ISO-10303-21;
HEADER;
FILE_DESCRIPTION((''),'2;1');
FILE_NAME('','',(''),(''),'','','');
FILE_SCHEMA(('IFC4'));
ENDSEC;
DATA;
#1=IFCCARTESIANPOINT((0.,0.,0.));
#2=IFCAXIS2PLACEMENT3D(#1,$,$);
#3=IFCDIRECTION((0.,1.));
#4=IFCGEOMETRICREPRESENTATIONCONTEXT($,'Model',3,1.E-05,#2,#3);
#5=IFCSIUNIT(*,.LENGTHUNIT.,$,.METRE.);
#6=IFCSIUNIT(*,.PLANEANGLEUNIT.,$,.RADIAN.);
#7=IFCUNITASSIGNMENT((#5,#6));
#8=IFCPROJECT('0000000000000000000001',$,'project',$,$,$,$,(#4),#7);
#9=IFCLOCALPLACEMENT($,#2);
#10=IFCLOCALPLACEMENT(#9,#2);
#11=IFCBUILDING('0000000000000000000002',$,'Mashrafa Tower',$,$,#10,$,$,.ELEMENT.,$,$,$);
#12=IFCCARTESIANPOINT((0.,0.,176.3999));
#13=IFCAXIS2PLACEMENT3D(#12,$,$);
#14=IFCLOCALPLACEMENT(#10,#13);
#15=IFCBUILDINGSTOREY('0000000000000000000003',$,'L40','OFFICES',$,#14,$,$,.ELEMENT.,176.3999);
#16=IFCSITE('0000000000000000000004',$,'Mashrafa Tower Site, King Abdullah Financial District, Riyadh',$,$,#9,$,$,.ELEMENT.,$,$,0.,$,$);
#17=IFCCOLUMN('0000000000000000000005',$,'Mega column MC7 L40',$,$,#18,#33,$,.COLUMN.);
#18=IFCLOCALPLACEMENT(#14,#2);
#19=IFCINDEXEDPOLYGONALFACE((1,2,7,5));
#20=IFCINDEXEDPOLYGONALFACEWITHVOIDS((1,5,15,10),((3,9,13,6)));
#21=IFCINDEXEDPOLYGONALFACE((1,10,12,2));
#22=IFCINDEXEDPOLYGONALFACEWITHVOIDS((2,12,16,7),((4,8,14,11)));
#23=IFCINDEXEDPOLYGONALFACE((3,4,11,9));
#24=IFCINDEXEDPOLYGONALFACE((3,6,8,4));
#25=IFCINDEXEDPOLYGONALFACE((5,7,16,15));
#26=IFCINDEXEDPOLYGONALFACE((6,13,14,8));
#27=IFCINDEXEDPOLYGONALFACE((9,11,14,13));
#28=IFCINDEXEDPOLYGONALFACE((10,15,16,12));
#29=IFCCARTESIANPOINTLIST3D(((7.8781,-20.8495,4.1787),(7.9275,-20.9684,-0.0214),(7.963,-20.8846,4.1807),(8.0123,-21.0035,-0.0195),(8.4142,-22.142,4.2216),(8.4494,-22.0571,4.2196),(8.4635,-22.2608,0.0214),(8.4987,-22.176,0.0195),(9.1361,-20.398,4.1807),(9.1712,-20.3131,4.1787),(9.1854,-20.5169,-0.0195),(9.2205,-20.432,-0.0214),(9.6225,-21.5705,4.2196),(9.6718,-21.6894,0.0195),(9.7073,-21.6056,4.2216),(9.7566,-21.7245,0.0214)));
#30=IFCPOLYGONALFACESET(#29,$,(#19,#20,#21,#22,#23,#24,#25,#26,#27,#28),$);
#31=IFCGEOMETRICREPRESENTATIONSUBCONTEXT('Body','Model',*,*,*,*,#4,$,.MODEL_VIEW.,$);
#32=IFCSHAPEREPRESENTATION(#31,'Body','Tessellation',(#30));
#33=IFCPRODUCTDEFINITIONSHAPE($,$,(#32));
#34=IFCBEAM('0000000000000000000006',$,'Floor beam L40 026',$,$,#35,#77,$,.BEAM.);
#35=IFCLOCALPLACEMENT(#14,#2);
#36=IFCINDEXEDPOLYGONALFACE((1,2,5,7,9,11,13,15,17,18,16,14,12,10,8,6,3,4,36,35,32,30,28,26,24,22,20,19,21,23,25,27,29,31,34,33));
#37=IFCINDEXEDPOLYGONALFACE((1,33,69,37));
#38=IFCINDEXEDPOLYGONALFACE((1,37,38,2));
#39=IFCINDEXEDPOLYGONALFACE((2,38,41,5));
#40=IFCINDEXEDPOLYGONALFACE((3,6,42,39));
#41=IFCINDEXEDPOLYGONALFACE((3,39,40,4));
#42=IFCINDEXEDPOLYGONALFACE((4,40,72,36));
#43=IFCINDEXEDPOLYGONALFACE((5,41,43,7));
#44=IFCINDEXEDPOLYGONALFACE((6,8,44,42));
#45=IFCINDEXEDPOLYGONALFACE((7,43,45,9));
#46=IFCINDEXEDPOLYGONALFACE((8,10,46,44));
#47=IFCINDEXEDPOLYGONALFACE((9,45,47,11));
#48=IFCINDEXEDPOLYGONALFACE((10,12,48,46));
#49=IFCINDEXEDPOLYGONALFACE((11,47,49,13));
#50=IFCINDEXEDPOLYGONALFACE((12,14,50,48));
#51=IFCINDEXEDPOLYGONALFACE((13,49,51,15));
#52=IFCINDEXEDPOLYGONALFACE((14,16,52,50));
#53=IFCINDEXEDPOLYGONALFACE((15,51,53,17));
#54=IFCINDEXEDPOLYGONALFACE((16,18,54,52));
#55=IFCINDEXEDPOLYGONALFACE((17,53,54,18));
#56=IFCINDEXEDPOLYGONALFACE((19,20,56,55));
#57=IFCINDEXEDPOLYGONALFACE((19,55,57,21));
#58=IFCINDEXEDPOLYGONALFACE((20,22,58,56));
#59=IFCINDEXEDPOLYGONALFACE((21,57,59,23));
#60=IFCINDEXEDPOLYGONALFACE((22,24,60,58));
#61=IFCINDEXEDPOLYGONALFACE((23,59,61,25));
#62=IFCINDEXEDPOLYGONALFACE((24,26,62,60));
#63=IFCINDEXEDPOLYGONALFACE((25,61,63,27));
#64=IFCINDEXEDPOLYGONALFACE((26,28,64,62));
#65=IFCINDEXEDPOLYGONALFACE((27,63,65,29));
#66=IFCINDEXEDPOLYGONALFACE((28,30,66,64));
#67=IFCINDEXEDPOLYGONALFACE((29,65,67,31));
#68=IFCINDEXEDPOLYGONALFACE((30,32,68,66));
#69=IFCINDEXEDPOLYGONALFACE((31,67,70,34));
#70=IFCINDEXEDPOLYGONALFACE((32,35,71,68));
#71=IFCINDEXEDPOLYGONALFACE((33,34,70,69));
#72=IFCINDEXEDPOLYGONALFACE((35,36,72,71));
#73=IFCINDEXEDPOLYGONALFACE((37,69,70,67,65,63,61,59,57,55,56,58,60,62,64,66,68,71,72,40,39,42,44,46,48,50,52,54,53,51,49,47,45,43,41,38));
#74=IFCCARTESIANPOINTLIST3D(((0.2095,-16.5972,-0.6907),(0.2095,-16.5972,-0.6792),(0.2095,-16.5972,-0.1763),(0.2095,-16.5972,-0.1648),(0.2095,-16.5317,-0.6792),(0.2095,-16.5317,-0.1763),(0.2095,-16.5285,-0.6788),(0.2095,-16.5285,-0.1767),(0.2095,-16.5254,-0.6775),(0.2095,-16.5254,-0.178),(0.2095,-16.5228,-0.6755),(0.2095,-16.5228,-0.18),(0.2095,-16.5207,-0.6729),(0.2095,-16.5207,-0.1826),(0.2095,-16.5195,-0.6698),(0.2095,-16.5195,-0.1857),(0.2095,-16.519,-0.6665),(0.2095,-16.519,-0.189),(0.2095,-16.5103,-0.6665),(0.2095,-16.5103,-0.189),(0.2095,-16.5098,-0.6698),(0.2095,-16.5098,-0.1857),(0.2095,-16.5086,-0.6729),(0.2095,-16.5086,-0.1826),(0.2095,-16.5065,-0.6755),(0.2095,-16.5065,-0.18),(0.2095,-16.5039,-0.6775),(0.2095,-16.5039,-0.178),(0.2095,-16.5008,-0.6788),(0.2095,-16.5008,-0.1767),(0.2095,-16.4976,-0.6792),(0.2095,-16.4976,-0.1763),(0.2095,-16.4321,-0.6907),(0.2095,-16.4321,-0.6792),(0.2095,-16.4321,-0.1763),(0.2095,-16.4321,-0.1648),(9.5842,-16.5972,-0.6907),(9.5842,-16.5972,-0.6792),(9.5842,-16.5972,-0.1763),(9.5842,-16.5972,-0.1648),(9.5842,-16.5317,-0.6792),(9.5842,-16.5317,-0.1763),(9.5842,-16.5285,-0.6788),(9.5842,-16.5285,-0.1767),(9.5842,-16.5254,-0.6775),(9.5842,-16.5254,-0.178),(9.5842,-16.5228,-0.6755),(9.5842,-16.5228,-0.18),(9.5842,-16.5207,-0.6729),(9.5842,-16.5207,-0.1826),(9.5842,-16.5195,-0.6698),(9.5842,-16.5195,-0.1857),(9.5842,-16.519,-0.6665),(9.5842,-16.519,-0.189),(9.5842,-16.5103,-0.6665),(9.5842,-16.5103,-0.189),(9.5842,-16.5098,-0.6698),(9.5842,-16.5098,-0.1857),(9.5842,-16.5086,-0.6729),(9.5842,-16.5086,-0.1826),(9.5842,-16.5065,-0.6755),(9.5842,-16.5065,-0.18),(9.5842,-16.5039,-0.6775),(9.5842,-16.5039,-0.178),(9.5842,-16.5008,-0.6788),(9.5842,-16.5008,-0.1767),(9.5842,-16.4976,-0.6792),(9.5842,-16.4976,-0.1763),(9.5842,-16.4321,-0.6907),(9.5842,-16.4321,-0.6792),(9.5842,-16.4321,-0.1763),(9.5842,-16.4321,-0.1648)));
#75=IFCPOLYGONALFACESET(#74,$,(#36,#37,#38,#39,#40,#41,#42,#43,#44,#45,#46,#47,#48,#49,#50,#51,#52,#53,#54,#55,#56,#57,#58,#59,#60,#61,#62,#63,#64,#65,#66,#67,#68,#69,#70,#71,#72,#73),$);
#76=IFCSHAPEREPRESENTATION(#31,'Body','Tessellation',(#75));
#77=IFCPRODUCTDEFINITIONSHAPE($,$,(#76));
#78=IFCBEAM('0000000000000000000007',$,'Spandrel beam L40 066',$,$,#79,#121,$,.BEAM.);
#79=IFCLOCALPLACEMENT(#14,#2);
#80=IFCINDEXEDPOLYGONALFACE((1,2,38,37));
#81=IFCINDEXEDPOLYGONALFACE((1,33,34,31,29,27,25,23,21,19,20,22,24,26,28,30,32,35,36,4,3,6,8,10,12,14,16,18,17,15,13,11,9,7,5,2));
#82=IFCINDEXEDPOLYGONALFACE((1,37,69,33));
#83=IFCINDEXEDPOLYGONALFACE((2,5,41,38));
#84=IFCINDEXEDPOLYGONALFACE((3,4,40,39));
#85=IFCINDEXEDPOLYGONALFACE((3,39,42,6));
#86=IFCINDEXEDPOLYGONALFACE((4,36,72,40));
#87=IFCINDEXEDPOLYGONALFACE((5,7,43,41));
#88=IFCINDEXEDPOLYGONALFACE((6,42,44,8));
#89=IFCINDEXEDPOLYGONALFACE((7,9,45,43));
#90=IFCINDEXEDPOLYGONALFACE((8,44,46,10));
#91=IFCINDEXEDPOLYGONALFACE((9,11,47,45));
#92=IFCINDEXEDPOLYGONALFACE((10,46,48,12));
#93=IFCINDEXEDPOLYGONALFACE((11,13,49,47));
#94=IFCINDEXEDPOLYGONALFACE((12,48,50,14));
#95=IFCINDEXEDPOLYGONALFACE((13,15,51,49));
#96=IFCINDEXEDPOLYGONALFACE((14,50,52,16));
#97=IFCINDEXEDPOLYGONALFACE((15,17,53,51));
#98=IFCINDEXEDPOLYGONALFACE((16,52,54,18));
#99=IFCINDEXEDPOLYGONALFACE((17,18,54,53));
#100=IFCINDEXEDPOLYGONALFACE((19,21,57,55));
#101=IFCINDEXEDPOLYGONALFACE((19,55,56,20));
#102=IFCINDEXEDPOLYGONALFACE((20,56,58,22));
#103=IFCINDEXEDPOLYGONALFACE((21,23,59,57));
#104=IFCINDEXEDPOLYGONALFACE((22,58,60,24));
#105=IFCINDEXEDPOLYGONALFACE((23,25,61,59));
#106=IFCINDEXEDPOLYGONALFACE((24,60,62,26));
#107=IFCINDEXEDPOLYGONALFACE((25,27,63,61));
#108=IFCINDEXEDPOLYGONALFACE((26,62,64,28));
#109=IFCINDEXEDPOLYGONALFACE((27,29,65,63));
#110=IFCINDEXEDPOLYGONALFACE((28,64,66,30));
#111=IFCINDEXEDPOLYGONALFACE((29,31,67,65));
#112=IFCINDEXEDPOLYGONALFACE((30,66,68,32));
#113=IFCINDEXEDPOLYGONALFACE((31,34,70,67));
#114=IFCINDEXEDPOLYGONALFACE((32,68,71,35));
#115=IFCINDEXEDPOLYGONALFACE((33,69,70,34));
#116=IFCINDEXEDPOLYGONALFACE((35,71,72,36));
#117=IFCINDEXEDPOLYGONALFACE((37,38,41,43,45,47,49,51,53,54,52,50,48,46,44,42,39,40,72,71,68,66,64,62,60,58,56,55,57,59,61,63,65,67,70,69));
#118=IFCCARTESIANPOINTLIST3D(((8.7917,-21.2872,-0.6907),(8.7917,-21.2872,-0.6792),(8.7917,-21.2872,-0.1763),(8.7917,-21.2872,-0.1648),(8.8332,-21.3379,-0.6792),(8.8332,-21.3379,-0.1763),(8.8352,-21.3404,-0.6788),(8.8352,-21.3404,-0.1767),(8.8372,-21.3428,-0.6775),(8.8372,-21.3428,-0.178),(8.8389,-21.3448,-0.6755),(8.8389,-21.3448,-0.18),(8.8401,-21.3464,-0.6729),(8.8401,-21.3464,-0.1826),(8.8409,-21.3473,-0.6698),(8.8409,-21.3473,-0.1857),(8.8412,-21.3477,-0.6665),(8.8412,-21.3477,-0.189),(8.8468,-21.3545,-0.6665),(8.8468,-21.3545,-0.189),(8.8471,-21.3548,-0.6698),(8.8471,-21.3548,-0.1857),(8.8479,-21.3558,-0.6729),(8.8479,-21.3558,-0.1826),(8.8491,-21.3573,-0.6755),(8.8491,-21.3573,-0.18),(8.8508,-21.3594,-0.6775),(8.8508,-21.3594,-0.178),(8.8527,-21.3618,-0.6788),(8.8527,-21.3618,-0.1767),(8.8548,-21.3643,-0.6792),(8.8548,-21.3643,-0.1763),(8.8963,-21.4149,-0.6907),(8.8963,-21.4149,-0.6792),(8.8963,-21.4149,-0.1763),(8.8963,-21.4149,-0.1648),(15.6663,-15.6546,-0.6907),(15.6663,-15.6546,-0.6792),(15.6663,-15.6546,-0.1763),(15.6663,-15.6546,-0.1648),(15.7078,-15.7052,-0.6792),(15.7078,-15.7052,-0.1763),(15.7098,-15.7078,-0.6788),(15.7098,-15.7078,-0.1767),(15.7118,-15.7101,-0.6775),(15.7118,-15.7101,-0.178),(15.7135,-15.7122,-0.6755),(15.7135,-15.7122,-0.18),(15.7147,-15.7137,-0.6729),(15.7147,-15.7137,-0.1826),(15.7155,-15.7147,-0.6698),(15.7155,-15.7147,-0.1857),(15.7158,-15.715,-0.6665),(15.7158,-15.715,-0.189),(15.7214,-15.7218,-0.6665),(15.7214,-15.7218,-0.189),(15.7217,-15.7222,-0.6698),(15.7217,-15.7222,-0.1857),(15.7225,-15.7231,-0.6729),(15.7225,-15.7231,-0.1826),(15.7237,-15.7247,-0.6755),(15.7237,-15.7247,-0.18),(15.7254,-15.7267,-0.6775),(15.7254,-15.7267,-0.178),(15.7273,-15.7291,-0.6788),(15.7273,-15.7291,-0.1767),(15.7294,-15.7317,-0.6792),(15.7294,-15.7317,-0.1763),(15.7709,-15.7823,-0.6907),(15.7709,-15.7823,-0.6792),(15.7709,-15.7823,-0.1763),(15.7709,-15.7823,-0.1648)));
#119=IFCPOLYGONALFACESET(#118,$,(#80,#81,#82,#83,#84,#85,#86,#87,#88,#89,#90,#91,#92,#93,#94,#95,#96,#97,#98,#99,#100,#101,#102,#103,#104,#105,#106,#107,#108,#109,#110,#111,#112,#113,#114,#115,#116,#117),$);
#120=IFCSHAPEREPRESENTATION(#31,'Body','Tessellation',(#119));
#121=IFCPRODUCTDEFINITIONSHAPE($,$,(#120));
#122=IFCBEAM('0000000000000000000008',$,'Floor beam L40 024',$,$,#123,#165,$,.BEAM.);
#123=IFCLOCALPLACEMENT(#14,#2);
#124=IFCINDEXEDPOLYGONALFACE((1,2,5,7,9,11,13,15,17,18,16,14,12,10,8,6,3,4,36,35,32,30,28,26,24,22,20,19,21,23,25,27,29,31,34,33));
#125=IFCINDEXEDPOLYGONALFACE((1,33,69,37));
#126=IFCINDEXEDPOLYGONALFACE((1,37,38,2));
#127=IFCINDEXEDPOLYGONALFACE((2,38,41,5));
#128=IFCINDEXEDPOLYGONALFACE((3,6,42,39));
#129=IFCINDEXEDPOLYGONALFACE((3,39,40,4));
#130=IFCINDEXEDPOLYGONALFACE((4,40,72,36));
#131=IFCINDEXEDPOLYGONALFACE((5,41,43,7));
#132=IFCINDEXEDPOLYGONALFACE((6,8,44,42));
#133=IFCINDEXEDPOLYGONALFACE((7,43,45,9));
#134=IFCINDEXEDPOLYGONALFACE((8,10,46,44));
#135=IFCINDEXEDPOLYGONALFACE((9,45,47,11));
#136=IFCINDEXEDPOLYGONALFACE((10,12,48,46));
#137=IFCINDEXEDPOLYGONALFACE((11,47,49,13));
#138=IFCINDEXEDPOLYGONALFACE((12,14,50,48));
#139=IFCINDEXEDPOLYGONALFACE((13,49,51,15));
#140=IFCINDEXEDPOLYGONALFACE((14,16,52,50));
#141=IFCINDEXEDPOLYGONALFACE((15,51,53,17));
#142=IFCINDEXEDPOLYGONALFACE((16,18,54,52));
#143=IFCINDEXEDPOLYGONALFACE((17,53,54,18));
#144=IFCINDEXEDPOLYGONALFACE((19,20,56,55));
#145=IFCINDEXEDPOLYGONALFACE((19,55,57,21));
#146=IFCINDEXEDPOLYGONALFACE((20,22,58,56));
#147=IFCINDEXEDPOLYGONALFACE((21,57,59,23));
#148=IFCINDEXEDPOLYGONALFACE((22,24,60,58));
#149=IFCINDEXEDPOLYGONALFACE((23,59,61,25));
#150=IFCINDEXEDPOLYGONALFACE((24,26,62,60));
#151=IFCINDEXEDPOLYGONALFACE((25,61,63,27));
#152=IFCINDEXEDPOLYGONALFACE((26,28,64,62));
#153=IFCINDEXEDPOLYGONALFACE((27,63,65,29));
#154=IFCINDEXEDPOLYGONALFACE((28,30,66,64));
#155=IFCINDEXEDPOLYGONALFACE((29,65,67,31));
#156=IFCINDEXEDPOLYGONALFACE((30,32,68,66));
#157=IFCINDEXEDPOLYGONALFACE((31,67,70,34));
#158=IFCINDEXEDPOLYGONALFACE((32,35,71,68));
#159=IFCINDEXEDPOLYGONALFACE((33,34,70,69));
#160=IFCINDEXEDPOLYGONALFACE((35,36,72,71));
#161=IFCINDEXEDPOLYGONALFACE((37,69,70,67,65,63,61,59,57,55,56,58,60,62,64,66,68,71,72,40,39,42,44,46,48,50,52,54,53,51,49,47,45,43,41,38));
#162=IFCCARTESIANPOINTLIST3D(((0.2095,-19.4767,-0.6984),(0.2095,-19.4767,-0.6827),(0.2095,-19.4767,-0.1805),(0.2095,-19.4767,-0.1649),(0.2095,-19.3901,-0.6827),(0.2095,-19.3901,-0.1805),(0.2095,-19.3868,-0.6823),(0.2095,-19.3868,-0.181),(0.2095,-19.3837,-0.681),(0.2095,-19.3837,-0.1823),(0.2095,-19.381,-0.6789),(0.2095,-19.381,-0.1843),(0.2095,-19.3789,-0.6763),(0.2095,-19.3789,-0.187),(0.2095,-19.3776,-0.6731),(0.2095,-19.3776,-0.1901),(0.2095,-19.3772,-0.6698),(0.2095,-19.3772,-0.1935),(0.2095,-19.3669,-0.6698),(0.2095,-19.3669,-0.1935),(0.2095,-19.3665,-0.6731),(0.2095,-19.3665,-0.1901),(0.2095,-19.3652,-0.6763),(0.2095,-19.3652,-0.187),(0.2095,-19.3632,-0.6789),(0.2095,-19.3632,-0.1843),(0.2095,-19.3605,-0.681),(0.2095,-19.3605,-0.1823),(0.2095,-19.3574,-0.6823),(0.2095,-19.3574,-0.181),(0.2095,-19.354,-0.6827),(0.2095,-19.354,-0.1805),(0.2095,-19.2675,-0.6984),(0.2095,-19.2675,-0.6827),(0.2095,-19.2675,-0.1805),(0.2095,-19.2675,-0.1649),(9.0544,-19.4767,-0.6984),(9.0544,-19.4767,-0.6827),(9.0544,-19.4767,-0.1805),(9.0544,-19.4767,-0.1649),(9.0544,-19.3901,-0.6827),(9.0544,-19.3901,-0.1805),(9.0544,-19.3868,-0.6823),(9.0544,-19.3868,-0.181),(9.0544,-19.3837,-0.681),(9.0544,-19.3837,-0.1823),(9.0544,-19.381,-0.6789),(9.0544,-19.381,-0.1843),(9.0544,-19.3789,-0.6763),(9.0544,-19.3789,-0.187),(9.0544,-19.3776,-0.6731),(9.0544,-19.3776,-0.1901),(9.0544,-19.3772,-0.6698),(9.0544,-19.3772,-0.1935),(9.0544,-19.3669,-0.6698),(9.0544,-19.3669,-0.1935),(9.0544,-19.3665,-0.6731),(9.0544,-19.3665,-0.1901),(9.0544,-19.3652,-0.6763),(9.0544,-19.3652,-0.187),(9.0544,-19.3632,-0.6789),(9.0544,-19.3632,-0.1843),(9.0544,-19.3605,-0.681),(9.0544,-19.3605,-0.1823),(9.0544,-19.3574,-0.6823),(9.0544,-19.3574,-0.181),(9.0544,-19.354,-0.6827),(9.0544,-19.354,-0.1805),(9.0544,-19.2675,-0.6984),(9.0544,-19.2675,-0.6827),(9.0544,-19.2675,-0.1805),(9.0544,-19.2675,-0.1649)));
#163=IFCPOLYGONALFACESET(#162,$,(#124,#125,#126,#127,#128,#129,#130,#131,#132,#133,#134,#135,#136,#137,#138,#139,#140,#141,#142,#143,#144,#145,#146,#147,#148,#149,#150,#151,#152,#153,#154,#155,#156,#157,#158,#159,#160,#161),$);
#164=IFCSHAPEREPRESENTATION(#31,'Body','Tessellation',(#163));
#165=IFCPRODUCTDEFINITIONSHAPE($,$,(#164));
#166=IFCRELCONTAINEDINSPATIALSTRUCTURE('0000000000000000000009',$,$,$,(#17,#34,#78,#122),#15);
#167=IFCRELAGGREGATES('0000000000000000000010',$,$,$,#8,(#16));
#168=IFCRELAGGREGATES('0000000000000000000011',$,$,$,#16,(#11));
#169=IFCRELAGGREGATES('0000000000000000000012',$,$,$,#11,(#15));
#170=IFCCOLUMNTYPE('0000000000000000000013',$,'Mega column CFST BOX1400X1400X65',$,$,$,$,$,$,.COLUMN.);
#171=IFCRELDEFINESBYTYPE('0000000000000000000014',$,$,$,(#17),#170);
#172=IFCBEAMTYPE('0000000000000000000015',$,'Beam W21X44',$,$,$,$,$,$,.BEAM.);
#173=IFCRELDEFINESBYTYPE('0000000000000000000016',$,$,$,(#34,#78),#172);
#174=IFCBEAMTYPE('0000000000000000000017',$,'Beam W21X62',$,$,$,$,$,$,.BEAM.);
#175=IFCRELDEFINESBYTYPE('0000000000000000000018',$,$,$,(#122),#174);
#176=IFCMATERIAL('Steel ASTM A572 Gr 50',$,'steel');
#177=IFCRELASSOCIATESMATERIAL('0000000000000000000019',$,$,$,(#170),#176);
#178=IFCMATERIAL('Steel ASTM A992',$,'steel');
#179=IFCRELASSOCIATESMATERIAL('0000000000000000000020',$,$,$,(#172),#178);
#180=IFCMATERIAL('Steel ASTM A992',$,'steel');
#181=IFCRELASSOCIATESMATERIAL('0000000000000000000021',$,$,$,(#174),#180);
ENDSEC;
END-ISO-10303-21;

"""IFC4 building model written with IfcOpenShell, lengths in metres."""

from ifc_helpers import new_model, si_unit, direction, frame, origin, origin_2d, place, context, subcontext, project, spatial, hollow_rectangle, i_section, extrude, material, material_profile, profile_set, type_object, element, save


model = new_model("IFC4")

# Units and contexts
model_context = context("Model", 3, precision=1e-05, world=origin(), true_north=direction((0.0, 1.0)))
body_context = subcontext(model_context, "Body", "Model", "MODEL_VIEW")
ifc_project = project(units=[si_unit("LENGTHUNIT", "METRE"), si_unit("PLANEANGLEUNIT", "RADIAN")], contexts=[model_context])

# Site, building, storey
site_placement = place(None, origin())
site = spatial("IfcSite", under=ifc_project, at=site_placement, Name="Mashrafa Tower Site, King Abdullah Financial District, Riyadh", CompositionType="ELEMENT", RefElevation=0.0)
building_placement = place(site_placement, origin())
building = spatial("IfcBuilding", under=site, at=building_placement, Name="Mashrafa Tower", CompositionType="ELEMENT")
storey_placement = place(building_placement, frame((0.0, 0.0, 176.3999)))
storey = spatial("IfcBuildingStorey", under=building, at=storey_placement, Name="L40", Description="OFFICES", CompositionType="ELEMENT", Elevation=176.3999)

# Column
ifc_material_1 = material(Name="Steel ASTM A572 Gr 50", Category="steel")
ifc_material_profile_1 = material_profile(ifc_material_1, hollow_rectangle(XDim=1.3999, YDim=1.3999, WallThickness=0.0649, at=origin_2d()), Name="BOX1400X1400X65")
ifc_profile_set_1 = profile_set([ifc_material_profile_1], Name="Steel ASTM A572 Gr 50")
column_type = type_object("IfcColumnType", Name="Mega column CFST BOX1400X1400X65", PredefinedType="COLUMN", material=ifc_profile_set_1)
column_placement = place(storey_placement, frame((8.842, -21.3464, 0.0), z_axis=(-0.011736, 0.028294, 0.999531), x_axis=(-0.923693, -0.383133, 0.0)))
element("IfcColumn", 1, at=column_placement, inside=storey, type_object=column_type, Name="Mega column MC7 L40", PredefinedType="COLUMN", context=body_context, shape_type="SweptSolid", body=[
    extrude(hollow_rectangle(XDim=1.3999, YDim=1.3999, WallThickness=0.0649, at=origin_2d()), origin(), (0.0, 0.0, 1.0), 4.2021),
])

# Beams
ifc_material_2 = material(Name="Steel ASTM A992", Category="steel")
ifc_material_profile_2 = material_profile(ifc_material_2, i_section(OverallWidth=0.165, OverallDepth=0.5259, WebThickness=0.0088, FlangeThickness=0.0115, FilletRadius=0.0127, at=origin_2d()), Name="W21X44")
ifc_profile_set_2 = profile_set([ifc_material_profile_2], Name="Steel ASTM A992")
beam_type_1 = type_object("IfcBeamType", Name="Beam W21X44", PredefinedType="BEAM", material=ifc_profile_set_2)
beam_1_placement = place(storey_placement, frame((9.5842, -16.5146, -0.4277), z_axis=(-1.0, 0.0, 0.0), x_axis=(0.0, -1.0, 0.0)))
element("IfcBeam", 2, at=beam_1_placement, inside=storey, type_object=beam_type_1, Name="Floor beam L40 026", PredefinedType="BEAM", context=body_context, shape_type="SweptSolid", body=[
    extrude(i_section(OverallWidth=0.165, OverallDepth=0.5259, WebThickness=0.0088, FlangeThickness=0.0115, FilletRadius=0.0127, at=origin_2d()), origin(), (0.0, 0.0, 1.0), 9.3748),
])
beam_2_placement = place(storey_placement, frame((8.844, -21.3511, -0.4277), z_axis=(0.773518, 0.633775, 0.0), x_axis=(-0.633775, 0.773518, 0.0)))
element("IfcBeam", 3, at=beam_2_placement, inside=storey, type_object=beam_type_1, Name="Spandrel beam L40 066", PredefinedType="BEAM", context=body_context, shape_type="SweptSolid", body=[
    extrude(i_section(OverallWidth=0.165, OverallDepth=0.5259, WebThickness=0.0088, FlangeThickness=0.0115, FilletRadius=0.0127, at=origin_2d()), origin(), (0.0, 0.0, 1.0), 8.8875),
])
ifc_material_3 = material(Name="Steel ASTM A992", Category="steel")
ifc_material_profile_3 = material_profile(ifc_material_3, i_section(OverallWidth=0.2092, OverallDepth=0.5334, WebThickness=0.0103, FlangeThickness=0.0156, FilletRadius=0.0129, at=origin_2d()), Name="W21X62")
ifc_profile_set_3 = profile_set([ifc_material_profile_3], Name="Steel ASTM A992")
beam_type_2 = type_object("IfcBeamType", Name="Beam W21X62", PredefinedType="BEAM", material=ifc_profile_set_3)
beam_3_placement = place(storey_placement, frame((9.0544, -19.3721, -0.4316), z_axis=(-1.0, 0.0, 0.0), x_axis=(0.0, -1.0, 0.0)))
element("IfcBeam", 4, at=beam_3_placement, inside=storey, type_object=beam_type_2, Name="Floor beam L40 024", PredefinedType="BEAM", context=body_context, shape_type="SweptSolid", body=[
    extrude(i_section(OverallWidth=0.2092, OverallDepth=0.5334, WebThickness=0.0103, FlangeThickness=0.0156, FilletRadius=0.0129, at=origin_2d()), origin(), (0.0, 0.0, 1.0), 8.845),
])

save(model, "model.ifc")
